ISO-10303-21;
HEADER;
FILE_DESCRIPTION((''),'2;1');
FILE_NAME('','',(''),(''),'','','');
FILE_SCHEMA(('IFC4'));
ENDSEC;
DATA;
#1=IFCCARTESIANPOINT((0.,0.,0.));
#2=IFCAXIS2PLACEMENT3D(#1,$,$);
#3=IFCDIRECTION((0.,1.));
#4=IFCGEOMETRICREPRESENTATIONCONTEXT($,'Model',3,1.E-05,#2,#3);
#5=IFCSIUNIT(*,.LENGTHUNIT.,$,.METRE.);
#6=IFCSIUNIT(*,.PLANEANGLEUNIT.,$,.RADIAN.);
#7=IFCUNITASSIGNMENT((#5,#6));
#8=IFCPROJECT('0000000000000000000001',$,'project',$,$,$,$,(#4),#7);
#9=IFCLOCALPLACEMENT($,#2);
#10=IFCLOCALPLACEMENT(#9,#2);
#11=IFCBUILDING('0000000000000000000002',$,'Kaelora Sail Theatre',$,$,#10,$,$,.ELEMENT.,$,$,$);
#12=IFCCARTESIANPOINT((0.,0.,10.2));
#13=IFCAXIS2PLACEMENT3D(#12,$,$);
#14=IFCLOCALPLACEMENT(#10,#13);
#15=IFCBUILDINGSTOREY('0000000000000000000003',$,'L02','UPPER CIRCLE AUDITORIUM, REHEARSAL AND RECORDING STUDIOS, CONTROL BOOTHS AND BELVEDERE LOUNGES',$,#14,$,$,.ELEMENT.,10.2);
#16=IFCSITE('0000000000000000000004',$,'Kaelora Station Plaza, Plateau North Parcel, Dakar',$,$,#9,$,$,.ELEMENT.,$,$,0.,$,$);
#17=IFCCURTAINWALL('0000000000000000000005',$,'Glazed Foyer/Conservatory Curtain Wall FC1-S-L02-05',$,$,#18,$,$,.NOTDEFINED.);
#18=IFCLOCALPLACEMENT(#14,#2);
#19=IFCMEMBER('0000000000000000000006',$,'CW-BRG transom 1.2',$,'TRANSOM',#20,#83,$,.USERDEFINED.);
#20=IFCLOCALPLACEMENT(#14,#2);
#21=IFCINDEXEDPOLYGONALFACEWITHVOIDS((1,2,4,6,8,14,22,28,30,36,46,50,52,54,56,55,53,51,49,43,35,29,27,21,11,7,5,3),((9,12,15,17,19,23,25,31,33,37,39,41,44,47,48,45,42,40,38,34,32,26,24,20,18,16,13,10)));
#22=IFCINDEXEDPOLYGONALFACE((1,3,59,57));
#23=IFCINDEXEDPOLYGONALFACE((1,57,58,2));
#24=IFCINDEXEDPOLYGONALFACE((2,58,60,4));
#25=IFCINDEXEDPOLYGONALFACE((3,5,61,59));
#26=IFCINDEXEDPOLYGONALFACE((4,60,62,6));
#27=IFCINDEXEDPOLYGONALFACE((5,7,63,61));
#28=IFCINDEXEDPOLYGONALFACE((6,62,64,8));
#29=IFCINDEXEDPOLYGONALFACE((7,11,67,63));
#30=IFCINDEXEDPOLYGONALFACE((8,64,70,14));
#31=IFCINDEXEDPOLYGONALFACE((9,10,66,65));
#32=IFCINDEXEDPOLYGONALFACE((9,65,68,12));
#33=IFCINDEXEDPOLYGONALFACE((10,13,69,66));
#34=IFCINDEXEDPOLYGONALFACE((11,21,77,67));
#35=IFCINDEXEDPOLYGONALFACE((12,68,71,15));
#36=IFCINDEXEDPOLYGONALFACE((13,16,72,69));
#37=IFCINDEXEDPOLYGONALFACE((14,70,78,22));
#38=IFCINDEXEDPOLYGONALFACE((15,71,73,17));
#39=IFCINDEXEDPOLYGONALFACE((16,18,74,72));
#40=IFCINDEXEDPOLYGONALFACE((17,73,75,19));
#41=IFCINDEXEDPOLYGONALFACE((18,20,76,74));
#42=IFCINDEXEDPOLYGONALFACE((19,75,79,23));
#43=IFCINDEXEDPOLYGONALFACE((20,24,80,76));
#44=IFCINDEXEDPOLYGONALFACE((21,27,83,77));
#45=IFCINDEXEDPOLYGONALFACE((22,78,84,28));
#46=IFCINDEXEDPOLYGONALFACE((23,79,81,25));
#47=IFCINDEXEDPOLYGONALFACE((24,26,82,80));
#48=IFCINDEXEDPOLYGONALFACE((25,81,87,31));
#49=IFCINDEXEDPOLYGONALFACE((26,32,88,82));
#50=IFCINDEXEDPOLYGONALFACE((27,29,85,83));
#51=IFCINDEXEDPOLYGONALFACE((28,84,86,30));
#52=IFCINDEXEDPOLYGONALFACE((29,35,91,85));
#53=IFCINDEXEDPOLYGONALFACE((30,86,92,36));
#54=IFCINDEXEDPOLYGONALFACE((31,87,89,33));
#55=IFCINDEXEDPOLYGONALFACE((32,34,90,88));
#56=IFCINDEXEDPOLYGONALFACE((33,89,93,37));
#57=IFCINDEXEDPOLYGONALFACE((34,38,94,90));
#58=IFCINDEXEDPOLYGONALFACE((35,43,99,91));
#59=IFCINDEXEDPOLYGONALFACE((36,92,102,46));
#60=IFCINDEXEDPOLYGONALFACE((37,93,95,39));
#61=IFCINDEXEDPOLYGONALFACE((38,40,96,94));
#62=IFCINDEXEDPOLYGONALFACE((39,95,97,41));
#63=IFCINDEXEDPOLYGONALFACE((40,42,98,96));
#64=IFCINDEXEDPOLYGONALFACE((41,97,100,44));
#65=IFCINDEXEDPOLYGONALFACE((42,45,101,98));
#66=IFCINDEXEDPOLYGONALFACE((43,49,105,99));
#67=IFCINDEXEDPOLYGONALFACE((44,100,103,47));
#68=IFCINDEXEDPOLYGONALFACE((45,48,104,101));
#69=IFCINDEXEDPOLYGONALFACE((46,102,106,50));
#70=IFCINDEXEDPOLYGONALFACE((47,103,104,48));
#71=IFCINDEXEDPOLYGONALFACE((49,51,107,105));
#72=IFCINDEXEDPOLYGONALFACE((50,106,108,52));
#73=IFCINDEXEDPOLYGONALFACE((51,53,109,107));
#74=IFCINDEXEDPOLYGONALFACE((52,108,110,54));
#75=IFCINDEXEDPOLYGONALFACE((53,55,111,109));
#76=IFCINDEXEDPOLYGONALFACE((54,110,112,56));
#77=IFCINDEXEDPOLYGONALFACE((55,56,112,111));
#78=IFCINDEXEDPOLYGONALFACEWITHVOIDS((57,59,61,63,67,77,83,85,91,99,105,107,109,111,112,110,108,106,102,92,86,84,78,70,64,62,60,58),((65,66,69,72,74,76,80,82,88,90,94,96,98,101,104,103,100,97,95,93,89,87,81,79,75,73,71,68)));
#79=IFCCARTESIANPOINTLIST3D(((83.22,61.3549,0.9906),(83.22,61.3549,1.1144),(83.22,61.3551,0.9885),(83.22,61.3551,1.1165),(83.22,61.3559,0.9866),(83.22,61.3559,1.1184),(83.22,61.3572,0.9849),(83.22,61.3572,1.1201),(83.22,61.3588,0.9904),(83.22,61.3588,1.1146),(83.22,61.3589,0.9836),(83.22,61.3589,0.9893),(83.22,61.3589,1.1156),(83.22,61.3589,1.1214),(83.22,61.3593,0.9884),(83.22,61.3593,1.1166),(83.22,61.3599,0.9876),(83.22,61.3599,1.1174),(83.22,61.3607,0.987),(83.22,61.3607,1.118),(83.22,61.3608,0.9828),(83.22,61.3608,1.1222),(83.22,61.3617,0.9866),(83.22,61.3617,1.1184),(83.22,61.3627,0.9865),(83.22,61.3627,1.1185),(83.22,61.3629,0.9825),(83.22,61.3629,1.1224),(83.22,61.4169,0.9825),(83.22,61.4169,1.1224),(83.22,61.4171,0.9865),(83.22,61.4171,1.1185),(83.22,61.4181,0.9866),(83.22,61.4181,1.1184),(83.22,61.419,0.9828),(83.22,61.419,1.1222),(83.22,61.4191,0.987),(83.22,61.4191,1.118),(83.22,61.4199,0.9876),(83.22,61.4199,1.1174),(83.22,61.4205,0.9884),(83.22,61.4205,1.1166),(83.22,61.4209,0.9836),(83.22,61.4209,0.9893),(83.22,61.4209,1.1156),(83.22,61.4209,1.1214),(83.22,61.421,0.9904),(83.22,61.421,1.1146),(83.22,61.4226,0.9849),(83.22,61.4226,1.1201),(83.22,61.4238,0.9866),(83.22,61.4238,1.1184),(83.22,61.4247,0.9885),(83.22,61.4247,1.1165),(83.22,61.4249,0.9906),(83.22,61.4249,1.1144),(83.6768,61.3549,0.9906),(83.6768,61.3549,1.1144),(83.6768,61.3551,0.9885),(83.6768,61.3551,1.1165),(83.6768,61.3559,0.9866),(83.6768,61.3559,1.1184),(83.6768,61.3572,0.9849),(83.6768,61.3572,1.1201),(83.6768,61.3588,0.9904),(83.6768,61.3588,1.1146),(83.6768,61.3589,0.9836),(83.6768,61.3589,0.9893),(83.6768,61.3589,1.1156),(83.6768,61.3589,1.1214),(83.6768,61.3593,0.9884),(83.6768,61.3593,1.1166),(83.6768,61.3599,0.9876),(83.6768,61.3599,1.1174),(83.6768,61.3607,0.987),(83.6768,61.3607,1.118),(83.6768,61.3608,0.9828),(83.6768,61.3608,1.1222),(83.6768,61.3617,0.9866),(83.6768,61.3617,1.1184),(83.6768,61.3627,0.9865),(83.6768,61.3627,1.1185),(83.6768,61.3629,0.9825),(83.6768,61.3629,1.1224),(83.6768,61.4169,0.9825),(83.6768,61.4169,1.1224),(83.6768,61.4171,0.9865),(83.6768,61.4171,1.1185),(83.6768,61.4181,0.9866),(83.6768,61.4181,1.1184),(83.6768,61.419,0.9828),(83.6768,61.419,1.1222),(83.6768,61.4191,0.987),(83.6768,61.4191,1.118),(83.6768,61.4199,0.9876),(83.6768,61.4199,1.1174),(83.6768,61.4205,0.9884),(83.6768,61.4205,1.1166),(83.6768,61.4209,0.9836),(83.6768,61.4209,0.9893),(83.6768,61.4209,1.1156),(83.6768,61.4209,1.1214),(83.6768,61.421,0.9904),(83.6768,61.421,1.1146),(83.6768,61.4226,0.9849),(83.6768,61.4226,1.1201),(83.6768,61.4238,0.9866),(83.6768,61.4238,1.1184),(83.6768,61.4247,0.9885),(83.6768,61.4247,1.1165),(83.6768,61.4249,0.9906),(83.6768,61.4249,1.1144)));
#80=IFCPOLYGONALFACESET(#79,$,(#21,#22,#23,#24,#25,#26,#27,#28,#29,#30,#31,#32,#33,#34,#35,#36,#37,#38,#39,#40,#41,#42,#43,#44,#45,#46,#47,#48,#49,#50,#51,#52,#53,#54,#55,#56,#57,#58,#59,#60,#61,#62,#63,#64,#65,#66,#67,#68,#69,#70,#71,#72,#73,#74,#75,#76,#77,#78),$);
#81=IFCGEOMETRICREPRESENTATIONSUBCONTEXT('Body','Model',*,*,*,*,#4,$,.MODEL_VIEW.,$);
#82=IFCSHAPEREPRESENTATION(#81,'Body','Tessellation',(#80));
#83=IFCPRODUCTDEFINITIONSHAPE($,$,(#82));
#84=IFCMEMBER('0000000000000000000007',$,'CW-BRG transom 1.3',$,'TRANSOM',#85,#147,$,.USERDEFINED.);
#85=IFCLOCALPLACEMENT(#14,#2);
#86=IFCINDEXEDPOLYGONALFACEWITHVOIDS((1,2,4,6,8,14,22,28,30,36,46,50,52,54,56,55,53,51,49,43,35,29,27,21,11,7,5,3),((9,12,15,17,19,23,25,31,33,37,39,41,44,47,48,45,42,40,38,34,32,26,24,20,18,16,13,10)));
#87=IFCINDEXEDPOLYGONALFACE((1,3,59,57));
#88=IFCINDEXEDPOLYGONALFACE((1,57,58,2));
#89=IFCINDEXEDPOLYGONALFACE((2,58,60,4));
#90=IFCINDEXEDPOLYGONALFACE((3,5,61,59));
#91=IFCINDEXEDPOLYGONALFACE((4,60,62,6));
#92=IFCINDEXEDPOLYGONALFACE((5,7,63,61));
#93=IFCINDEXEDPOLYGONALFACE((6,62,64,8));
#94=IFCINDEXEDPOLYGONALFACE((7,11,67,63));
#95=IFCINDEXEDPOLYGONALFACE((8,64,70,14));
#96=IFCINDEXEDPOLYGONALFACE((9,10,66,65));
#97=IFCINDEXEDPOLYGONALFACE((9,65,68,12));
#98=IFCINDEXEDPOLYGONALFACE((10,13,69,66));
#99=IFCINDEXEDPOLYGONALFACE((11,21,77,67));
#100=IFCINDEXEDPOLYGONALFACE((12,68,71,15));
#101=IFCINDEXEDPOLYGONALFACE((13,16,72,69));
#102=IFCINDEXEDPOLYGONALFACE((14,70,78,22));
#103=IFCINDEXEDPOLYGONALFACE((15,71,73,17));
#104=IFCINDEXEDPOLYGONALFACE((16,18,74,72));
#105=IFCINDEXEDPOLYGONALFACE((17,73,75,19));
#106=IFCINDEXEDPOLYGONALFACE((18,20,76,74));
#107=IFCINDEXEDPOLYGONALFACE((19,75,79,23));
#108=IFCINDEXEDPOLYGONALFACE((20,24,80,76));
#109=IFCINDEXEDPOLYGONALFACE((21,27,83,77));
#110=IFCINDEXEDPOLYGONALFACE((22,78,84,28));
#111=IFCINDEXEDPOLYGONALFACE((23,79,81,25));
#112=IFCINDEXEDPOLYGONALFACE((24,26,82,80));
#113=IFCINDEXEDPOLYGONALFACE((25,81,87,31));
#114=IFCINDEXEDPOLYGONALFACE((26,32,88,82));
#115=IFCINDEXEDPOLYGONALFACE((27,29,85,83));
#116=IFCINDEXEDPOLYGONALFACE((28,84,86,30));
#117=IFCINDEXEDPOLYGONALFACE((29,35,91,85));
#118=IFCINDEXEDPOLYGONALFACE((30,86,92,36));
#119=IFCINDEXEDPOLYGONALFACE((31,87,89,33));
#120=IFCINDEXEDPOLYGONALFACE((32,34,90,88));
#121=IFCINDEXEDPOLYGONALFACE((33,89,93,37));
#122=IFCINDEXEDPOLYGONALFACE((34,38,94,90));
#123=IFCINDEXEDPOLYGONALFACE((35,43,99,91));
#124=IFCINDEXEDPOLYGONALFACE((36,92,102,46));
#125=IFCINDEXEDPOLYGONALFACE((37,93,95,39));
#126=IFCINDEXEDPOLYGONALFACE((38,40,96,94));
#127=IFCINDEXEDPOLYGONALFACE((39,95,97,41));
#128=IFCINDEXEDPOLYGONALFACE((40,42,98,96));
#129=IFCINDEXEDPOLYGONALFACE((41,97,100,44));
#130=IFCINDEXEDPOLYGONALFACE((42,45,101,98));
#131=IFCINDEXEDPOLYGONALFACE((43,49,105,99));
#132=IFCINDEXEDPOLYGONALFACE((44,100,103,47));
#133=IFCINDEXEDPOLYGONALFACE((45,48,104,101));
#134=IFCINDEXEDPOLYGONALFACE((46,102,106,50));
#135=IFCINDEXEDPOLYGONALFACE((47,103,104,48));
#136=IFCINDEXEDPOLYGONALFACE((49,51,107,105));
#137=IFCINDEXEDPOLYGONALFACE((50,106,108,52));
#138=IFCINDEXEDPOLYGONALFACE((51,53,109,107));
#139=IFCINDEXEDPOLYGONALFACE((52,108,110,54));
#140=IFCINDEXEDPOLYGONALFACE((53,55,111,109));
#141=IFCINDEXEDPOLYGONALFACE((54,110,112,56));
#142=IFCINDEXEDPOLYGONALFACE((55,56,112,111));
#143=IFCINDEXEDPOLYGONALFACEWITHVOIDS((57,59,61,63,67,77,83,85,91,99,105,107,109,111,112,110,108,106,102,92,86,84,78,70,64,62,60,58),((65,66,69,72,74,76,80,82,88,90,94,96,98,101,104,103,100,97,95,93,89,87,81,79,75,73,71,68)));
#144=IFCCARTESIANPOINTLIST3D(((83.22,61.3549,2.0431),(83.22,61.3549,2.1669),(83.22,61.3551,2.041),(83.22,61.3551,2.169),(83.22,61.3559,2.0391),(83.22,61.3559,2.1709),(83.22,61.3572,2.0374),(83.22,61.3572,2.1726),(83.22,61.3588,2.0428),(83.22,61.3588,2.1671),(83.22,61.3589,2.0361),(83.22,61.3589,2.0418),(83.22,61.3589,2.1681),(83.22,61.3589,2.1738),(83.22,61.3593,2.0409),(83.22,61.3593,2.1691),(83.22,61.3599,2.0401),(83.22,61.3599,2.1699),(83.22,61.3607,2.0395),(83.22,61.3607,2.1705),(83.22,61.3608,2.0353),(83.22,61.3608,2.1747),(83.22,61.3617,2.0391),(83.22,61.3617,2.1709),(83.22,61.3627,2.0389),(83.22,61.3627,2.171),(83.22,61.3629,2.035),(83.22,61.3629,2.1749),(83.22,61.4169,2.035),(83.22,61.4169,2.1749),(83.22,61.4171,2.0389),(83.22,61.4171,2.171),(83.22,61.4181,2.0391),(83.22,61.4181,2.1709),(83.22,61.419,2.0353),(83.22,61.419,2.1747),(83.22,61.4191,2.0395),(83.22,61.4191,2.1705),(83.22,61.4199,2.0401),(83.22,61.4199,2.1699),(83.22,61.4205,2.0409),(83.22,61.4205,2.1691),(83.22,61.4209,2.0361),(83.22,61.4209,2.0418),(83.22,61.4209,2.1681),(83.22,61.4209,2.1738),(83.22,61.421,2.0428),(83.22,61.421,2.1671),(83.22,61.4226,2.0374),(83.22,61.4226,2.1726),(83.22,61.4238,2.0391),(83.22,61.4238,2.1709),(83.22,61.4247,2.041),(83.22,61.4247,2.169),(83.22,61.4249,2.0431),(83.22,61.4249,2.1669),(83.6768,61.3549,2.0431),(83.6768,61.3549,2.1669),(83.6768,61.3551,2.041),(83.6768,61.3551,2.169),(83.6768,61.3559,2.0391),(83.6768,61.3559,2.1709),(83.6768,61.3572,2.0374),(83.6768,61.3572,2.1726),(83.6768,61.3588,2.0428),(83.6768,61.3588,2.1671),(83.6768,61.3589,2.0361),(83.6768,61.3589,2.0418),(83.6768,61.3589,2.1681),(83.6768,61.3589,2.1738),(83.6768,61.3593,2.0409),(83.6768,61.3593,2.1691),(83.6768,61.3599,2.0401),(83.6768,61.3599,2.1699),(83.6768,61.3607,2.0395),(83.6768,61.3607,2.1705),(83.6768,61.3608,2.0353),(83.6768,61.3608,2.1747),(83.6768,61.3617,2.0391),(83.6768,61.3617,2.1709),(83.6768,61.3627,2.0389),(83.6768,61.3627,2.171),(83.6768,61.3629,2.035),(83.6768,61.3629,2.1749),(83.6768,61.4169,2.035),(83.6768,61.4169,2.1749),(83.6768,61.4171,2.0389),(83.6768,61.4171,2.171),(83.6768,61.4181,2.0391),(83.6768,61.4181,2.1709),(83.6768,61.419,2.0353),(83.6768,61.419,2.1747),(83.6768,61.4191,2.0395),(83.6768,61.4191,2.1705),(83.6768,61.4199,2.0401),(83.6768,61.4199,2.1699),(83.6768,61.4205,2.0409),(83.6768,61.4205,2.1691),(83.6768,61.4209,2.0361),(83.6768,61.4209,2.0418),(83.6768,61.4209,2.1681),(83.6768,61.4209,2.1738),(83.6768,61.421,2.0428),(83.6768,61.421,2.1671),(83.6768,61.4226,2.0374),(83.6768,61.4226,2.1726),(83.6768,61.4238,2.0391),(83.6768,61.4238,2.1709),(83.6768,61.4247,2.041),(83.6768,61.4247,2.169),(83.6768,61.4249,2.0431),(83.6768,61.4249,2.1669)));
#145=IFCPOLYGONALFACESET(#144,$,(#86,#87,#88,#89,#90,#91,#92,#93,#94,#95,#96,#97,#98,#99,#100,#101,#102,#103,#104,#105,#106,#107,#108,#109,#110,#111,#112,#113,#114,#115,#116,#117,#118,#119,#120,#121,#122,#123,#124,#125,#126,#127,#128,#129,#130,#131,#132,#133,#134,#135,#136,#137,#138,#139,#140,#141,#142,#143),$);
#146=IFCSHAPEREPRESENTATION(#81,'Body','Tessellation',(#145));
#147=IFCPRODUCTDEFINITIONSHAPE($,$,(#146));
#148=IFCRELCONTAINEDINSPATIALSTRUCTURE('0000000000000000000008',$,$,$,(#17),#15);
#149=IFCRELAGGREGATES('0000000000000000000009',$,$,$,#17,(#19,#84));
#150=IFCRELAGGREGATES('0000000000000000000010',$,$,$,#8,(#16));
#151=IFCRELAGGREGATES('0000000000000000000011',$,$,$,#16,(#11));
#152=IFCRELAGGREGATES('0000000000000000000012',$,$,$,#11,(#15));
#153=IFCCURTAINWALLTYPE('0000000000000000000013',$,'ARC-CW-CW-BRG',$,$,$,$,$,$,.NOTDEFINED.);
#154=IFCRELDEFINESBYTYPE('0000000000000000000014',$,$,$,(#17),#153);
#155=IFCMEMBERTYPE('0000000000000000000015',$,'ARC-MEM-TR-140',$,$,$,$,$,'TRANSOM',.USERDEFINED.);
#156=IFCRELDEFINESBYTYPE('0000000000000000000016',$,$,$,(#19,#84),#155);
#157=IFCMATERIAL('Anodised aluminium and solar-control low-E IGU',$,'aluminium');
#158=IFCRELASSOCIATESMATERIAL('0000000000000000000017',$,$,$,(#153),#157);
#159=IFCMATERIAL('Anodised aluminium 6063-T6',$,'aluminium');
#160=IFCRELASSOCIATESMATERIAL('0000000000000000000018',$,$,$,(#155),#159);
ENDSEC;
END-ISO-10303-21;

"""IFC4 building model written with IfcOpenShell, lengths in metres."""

from ifc_helpers import new_model, si_unit, direction, frame, origin, origin_2d, place, context, subcontext, project, spatial, hollow_rectangle, extrude, material, material_profile, profile_set, type_object, element, aggregate, save


model = new_model("IFC4")

# Units and contexts
model_context = context("Model", 3, precision=1e-05, world=origin(), true_north=direction((0.0, 1.0)))
body_context = subcontext(model_context, "Body", "Model", "MODEL_VIEW")
ifc_project = project(units=[si_unit("LENGTHUNIT", "METRE"), si_unit("PLANEANGLEUNIT", "RADIAN")], contexts=[model_context])

# Site, building, storey
site_placement = place(None, origin())
site = spatial("IfcSite", under=ifc_project, at=site_placement, Name="Kaelora Station Plaza, Plateau North Parcel, Dakar", CompositionType="ELEMENT", RefElevation=0.0)
building_placement = place(site_placement, origin())
building = spatial("IfcBuilding", under=site, at=building_placement, Name="Kaelora Sail Theatre", CompositionType="ELEMENT")
storey_placement = place(building_placement, frame((0.0, 0.0, 10.2)))
storey = spatial("IfcBuildingStorey", under=building, at=storey_placement, Name="L02", Description="UPPER CIRCLE AUDITORIUM, REHEARSAL AND RECORDING STUDIOS, CONTROL BOOTHS AND BELVEDERE LOUNGES", CompositionType="ELEMENT", Elevation=10.2)

# Shared definitions
ifc_material_1 = material(Name="Anodised aluminium and solar-control low-E IGU", Category="aluminium")
curtain_wall_type = type_object("IfcCurtainWallType", Name="ARC-CW-CW-BRG", PredefinedType="NOTDEFINED", material=ifc_material_1)

# Curtain wall
curtain_wall_1_placement = place(storey_placement, origin())
curtain_wall_1 = element("IfcCurtainWall", 1, at=curtain_wall_1_placement, inside=storey, type_object=curtain_wall_type, Name="Glazed Foyer/Conservatory Curtain Wall FC1-S-L02-05", PredefinedType="NOTDEFINED")

# Members
ifc_material_2 = material(Name="Anodised aluminium 6063-T6", Category="aluminium")
ifc_material_profile_1 = material_profile(ifc_material_2, hollow_rectangle(XDim=0.0701, YDim=0.1399, WallThickness=0.0039, InnerFilletRadius=0.0039, OuterFilletRadius=0.0081, at=origin_2d()), Name="ALU-TRAN 70x140x4")
ifc_profile_set_1 = profile_set([ifc_material_profile_1], Name="Anodised aluminium 6063-T6")
member_type_1 = type_object("IfcMemberType", Name="ARC-MEM-TR-140", ElementType="TRANSOM", PredefinedType="USERDEFINED", material=ifc_profile_set_1)
member_1_placement = place(storey_placement, frame((83.22, 61.3899, 1.0525), z_axis=(1.0, 0.0, 0.0), x_axis=(0.0, 1.0, 0.0)))
member_1 = element("IfcMember", 2, at=member_1_placement, type_object=member_type_1, Name="CW-BRG transom 1.2", ObjectType="TRANSOM", PredefinedType="USERDEFINED", context=body_context, shape_type="SweptSolid", body=[
    extrude(hollow_rectangle(XDim=0.0701, YDim=0.1399, WallThickness=0.0039, InnerFilletRadius=0.0039, OuterFilletRadius=0.0081, at=origin_2d()), origin(), (0.0, 0.0, 1.0), 0.4568),
])
member_2_placement = place(storey_placement, frame((83.22, 61.3899, 2.105), z_axis=(1.0, 0.0, 0.0), x_axis=(0.0, 1.0, 0.0)))
member_2 = element("IfcMember", 3, at=member_2_placement, type_object=member_type_1, Name="CW-BRG transom 1.3", ObjectType="TRANSOM", PredefinedType="USERDEFINED", context=body_context, shape_type="SweptSolid", body=[
    extrude(hollow_rectangle(XDim=0.0701, YDim=0.1399, WallThickness=0.0039, InnerFilletRadius=0.0039, OuterFilletRadius=0.0081, at=origin_2d()), origin(), (0.0, 0.0, 1.0), 0.4568),
])

aggregate(curtain_wall_1, [member_1, member_2])

save(model, "model.ifc")
